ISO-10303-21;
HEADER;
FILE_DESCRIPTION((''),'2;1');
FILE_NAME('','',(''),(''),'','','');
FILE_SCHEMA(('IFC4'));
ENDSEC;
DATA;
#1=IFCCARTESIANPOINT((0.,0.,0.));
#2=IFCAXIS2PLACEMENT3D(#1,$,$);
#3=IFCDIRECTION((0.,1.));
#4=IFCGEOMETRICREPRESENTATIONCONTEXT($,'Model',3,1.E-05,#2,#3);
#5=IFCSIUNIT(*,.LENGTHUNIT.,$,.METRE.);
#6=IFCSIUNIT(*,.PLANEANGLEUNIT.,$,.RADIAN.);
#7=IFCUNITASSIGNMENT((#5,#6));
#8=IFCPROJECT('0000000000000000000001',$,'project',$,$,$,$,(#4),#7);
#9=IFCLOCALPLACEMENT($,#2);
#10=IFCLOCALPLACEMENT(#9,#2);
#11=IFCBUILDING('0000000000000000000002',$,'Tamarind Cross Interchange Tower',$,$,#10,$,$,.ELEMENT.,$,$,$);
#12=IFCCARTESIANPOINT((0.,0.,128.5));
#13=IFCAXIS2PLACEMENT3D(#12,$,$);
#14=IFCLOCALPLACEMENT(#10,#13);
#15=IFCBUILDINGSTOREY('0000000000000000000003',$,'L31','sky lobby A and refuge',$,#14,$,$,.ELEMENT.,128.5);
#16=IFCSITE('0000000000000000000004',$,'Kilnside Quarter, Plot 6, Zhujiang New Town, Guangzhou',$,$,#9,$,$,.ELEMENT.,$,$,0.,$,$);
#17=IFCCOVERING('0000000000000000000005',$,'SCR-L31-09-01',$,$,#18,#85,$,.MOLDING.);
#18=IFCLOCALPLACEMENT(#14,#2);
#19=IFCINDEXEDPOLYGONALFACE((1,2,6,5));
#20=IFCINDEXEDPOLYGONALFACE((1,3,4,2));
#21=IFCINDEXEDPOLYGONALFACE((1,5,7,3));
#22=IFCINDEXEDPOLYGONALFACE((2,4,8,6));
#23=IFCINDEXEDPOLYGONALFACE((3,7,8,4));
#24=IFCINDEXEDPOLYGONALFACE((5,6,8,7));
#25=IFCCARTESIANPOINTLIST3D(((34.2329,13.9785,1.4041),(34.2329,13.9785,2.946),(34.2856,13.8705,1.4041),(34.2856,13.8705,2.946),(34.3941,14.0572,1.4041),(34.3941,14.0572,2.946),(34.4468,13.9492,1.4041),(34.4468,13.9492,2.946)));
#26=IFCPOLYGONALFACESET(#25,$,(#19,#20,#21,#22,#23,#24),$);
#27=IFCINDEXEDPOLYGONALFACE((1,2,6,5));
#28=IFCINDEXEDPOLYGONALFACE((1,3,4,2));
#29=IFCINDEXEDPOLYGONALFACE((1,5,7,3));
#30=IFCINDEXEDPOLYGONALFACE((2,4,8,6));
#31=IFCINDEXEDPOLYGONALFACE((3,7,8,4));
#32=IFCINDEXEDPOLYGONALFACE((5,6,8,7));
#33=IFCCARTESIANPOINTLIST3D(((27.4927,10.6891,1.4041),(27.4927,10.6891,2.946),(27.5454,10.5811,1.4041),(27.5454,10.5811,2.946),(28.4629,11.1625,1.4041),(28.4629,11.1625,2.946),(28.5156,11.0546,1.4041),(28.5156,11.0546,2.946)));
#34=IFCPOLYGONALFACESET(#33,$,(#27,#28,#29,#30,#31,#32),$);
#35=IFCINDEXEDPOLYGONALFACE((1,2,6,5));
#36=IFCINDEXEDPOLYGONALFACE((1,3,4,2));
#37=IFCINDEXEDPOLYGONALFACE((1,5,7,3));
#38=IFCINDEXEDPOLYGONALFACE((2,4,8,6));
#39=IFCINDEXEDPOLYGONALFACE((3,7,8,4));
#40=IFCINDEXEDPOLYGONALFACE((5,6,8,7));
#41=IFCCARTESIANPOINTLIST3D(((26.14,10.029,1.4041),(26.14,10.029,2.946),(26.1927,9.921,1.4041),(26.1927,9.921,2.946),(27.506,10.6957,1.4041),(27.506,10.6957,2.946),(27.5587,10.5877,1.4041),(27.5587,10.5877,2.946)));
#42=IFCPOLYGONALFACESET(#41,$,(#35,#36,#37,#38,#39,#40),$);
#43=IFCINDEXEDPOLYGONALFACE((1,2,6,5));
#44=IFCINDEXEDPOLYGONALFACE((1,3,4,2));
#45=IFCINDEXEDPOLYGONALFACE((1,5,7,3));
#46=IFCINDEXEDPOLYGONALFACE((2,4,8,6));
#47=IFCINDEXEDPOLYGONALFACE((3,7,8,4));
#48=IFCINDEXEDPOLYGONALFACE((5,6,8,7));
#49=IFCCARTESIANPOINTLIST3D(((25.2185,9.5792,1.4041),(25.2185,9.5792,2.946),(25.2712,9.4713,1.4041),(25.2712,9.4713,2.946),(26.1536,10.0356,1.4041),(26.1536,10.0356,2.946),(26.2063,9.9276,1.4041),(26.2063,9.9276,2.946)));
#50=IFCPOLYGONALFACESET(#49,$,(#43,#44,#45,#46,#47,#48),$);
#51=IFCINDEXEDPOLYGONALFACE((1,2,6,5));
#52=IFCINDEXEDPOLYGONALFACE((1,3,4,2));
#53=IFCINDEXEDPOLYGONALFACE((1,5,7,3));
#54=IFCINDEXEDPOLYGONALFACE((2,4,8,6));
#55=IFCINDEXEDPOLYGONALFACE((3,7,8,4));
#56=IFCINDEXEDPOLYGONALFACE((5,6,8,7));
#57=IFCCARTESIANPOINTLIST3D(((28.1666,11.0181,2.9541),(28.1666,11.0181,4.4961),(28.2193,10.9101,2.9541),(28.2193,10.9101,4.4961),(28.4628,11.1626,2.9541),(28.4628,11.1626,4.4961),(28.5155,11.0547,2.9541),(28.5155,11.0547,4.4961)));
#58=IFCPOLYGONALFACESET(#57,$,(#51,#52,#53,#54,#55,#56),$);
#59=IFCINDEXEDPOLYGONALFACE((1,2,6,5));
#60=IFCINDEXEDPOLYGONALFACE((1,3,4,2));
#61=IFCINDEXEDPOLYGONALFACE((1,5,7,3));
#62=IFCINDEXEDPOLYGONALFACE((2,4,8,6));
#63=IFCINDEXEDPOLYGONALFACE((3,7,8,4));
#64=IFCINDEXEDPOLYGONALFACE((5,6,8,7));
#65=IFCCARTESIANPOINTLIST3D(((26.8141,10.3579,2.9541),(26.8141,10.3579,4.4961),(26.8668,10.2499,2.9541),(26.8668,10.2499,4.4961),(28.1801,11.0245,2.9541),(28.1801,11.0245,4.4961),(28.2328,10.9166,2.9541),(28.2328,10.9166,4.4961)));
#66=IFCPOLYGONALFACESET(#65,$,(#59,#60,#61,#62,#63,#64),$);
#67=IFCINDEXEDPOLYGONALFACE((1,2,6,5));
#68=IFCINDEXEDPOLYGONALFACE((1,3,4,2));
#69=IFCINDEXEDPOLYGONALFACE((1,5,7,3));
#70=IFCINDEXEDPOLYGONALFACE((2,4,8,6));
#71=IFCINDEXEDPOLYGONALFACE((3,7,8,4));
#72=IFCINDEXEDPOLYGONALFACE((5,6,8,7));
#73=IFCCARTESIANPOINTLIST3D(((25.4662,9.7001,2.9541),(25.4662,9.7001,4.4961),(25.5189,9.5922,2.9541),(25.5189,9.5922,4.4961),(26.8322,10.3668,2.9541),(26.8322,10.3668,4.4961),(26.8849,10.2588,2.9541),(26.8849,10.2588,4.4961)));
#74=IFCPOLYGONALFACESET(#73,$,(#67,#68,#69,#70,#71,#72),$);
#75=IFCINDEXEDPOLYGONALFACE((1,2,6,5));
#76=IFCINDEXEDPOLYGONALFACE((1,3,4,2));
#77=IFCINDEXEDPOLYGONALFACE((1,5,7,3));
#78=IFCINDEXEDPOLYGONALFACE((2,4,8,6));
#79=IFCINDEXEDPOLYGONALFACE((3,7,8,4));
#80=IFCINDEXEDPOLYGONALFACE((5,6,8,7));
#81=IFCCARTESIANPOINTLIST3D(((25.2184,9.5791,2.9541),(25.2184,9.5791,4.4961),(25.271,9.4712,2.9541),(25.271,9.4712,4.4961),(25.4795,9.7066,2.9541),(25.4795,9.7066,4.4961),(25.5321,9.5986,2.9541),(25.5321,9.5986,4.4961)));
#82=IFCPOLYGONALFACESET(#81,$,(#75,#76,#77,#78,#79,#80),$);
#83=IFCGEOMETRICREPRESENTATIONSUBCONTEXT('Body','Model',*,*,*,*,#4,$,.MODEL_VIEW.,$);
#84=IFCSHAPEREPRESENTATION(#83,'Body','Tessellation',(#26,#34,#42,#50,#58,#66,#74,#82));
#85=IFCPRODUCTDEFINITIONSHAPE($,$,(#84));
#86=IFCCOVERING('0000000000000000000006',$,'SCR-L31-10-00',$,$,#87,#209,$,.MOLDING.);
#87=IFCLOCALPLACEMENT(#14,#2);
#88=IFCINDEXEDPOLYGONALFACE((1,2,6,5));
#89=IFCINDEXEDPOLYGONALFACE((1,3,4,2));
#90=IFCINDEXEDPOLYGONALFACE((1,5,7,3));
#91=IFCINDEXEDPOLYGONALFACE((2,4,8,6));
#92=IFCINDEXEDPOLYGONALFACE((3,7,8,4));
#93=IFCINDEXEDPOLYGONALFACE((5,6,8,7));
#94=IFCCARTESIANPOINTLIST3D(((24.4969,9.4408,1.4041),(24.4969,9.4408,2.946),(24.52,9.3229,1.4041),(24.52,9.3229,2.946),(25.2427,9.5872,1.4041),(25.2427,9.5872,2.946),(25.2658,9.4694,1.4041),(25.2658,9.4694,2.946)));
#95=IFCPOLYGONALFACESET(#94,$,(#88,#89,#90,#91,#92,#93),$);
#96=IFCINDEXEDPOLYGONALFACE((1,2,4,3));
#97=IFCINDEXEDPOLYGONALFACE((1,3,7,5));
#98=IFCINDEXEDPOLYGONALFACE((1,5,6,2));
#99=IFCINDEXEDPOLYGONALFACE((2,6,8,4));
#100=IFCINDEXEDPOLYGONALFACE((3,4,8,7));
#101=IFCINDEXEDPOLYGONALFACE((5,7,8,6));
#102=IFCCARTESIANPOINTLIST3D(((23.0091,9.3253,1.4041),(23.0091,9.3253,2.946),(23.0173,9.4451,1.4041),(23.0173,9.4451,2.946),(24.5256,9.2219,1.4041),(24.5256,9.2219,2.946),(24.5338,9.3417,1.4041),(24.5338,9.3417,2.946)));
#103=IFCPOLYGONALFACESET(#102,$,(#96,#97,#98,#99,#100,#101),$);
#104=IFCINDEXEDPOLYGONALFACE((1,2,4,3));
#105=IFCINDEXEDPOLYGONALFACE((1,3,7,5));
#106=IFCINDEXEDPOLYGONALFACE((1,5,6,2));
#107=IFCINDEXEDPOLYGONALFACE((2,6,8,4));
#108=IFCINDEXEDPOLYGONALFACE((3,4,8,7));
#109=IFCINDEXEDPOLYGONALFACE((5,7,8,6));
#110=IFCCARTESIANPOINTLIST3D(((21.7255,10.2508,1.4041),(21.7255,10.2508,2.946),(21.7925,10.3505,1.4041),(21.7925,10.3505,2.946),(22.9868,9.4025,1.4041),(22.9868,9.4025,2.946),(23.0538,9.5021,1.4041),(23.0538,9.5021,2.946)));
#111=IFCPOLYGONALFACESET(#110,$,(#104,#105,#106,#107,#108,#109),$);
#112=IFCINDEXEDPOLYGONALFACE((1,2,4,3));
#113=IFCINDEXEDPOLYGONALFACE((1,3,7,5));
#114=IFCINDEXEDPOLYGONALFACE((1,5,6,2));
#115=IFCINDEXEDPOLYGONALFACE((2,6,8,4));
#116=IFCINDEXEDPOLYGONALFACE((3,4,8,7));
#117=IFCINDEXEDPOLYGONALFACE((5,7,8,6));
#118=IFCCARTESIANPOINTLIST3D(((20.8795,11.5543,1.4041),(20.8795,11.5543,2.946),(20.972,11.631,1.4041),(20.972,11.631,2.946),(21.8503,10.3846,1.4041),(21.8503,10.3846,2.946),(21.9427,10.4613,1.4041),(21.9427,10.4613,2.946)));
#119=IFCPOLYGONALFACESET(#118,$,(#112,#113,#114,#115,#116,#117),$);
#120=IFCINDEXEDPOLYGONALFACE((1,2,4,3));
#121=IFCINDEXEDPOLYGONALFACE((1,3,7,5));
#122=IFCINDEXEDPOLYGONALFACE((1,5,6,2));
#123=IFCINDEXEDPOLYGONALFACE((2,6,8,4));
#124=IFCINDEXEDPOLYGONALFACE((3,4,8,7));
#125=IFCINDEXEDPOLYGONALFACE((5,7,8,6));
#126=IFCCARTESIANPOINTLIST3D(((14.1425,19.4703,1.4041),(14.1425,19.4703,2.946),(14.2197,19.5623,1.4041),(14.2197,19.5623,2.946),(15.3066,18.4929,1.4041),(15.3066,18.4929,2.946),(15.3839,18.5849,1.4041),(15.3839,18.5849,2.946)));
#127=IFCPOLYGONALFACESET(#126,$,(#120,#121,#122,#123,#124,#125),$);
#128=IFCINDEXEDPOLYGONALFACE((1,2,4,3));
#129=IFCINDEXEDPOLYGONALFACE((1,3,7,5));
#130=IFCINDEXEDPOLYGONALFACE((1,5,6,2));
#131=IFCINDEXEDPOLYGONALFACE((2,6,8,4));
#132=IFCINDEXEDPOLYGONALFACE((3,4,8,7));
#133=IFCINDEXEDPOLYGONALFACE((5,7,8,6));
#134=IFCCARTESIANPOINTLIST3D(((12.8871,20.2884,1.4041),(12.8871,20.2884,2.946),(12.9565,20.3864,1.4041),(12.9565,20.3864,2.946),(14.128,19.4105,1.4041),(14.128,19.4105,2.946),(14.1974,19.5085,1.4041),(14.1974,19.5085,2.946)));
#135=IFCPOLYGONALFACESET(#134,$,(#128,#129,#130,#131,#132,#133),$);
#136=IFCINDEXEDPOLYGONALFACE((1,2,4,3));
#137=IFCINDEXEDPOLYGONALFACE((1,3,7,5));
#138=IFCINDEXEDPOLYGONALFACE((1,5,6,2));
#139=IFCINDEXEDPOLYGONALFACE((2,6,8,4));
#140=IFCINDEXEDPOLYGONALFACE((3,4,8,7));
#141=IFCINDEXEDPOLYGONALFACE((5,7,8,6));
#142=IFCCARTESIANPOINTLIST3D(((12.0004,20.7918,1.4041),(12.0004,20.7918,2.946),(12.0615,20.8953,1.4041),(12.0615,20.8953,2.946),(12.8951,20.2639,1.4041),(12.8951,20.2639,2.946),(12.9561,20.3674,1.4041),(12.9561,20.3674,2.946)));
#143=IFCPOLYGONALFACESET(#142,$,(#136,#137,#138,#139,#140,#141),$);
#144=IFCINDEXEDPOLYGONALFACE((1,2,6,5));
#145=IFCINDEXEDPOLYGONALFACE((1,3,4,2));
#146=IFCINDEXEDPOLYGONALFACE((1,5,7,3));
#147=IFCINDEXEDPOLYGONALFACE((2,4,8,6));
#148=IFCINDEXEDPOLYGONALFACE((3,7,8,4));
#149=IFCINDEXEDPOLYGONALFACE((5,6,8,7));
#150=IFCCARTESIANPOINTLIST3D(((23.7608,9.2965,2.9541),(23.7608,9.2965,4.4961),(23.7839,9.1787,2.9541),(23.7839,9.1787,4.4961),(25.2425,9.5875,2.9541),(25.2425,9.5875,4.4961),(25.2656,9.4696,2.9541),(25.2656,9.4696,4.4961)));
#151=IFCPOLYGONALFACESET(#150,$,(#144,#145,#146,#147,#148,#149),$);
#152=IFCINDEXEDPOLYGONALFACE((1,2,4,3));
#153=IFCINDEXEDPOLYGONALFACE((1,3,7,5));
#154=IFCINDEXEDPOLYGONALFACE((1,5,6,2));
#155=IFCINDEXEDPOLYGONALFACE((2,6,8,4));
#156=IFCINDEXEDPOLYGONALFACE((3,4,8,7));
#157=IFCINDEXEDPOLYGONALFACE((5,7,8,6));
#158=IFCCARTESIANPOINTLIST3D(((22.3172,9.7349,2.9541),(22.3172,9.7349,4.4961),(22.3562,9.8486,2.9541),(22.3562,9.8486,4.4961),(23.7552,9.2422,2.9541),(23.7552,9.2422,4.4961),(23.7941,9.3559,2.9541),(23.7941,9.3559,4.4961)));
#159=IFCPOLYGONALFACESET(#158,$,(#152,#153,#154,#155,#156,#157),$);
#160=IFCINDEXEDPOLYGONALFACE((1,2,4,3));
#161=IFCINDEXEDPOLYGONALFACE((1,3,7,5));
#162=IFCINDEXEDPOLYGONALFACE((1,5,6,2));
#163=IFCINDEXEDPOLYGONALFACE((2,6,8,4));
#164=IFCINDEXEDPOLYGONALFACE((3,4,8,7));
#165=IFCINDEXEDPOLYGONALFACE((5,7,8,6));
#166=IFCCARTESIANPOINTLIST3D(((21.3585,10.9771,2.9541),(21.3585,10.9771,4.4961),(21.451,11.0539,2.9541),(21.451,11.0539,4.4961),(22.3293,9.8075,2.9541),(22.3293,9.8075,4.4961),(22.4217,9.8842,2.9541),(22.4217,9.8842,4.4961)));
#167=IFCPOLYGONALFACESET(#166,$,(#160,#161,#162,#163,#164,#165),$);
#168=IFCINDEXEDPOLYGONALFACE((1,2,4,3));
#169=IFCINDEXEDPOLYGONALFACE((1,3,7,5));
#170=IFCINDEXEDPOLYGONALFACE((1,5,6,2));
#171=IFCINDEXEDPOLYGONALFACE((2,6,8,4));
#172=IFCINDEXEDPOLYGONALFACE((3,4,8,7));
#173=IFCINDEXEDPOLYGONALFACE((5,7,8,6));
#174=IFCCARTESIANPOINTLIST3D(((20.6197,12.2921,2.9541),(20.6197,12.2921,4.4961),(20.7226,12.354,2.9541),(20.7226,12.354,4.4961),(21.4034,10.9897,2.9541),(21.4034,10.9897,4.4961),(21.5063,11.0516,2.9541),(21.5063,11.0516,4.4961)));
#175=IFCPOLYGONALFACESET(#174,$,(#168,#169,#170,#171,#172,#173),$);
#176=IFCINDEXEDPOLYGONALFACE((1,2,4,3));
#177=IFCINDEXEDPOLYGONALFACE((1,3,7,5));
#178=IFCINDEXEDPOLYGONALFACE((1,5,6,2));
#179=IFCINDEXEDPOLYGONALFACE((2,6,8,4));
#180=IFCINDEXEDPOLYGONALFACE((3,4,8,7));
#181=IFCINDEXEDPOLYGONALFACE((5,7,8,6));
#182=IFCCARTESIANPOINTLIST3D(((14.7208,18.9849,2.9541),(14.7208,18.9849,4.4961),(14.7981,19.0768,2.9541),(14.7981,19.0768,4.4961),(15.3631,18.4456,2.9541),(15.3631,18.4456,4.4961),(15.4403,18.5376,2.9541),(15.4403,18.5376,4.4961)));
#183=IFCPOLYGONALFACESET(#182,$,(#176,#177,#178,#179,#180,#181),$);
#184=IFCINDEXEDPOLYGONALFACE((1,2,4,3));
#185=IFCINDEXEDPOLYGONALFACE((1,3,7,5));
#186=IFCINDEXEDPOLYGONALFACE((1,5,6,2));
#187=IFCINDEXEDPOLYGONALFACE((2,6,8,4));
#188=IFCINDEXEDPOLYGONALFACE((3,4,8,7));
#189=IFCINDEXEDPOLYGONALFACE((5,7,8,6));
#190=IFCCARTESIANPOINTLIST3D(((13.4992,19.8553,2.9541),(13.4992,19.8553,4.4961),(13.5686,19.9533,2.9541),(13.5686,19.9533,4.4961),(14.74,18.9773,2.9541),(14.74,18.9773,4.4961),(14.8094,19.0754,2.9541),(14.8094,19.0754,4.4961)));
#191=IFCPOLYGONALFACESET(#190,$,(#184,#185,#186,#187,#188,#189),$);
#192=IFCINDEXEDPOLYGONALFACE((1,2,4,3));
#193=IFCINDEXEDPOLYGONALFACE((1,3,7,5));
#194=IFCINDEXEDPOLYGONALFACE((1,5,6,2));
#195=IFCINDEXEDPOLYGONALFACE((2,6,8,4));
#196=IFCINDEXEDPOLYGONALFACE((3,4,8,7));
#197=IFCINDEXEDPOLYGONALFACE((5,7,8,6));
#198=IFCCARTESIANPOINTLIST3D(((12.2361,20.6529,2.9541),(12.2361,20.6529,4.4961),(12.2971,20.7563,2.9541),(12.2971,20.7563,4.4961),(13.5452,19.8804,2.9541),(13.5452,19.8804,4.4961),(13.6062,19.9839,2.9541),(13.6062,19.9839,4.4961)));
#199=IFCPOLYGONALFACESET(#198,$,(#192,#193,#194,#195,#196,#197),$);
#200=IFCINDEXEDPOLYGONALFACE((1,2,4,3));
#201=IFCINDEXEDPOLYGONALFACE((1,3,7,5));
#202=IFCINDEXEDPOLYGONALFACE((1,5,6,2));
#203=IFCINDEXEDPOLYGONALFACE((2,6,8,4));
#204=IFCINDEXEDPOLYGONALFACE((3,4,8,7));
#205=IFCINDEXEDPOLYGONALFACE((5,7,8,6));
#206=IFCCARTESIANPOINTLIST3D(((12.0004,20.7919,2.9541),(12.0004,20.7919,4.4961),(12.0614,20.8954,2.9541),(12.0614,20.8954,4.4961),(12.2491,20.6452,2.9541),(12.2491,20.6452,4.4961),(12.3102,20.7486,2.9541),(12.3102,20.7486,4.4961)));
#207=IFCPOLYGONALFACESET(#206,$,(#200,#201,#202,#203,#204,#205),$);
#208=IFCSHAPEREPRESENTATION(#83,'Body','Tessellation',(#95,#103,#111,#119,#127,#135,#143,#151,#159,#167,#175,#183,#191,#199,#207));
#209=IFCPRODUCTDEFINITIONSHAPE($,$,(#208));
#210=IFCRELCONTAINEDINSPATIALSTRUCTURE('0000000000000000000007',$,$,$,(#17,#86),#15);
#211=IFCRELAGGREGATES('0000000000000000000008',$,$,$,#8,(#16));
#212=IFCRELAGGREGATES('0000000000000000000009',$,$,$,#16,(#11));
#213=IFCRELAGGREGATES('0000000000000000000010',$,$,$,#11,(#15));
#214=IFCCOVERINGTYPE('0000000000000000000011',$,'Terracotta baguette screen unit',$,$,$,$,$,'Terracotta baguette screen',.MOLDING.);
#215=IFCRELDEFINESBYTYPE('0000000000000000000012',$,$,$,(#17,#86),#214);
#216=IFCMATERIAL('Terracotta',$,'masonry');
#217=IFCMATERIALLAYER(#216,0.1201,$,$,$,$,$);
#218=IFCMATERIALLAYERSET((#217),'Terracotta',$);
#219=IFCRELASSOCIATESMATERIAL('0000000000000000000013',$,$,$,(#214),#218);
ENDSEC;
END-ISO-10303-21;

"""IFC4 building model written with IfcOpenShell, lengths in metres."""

from ifc_helpers import new_model, si_unit, direction, frame, origin, origin_2d, place, context, subcontext, project, spatial, rectangle, extrude, material, layer, layer_set, type_object, element, save


model = new_model("IFC4")

# Units and contexts
model_context = context("Model", 3, precision=1e-05, world=origin(), true_north=direction((0.0, 1.0)))
body_context = subcontext(model_context, "Body", "Model", "MODEL_VIEW")
ifc_project = project(units=[si_unit("LENGTHUNIT", "METRE"), si_unit("PLANEANGLEUNIT", "RADIAN")], contexts=[model_context])

# Site, building, storey
site_placement = place(None, origin())
site = spatial("IfcSite", under=ifc_project, at=site_placement, Name="Kilnside Quarter, Plot 6, Zhujiang New Town, Guangzhou", CompositionType="ELEMENT", RefElevation=0.0)
building_placement = place(site_placement, origin())
building = spatial("IfcBuilding", under=site, at=building_placement, Name="Tamarind Cross Interchange Tower", CompositionType="ELEMENT")
storey_placement = place(building_placement, frame((0.0, 0.0, 128.5)))
storey = spatial("IfcBuildingStorey", under=building, at=storey_placement, Name="L31", Description="sky lobby A and refuge", CompositionType="ELEMENT", Elevation=128.5)

# Coverings
ifc_material_1 = material(Name="Terracotta", Category="masonry")
ifc_layer_1 = layer(ifc_material_1, 0.1201)
ifc_layer_set_1 = layer_set([ifc_layer_1], Name="Terracotta")
covering_type = type_object("IfcCoveringType", Name="Terracotta baguette screen unit", ElementType="Terracotta baguette screen", PredefinedType="MOLDING", material=ifc_layer_set_1)
covering_1_placement = place(storey_placement, origin())
element("IfcCovering", 1, at=covering_1_placement, inside=storey, type_object=covering_type, Name="SCR-L31-09-01", PredefinedType="MOLDING", context=body_context, shape_type="SweptSolid", body=[
    extrude(rectangle(XDim=0.1794, YDim=0.1201, at=origin_2d()), frame((34.3398, 13.9639, 1.4041), z_axis=(0.0, 0.0, 1.0), x_axis=(-0.898691, -0.438583, 0.0)), (0.0, 0.0, 1.0), 1.542),
    extrude(rectangle(XDim=1.0796, YDim=0.1201, at=origin_2d()), frame((28.0042, 10.8718, 1.4041), z_axis=(0.0, 0.0, 1.0), x_axis=(-0.898691, -0.438583, 0.0)), (0.0, 0.0, 1.0), 1.542),
    extrude(rectangle(XDim=1.52, YDim=0.1201, at=origin_2d()), frame((26.8494, 10.3083, 1.4041), z_axis=(0.0, 0.0, 1.0), x_axis=(-0.898691, -0.438583, 0.0)), (0.0, 0.0, 1.0), 1.542),
    extrude(rectangle(XDim=1.0405, YDim=0.1201, at=origin_2d()), frame((25.7124, 9.7534, 1.4041), z_axis=(0.0, 0.0, 1.0), x_axis=(-0.898691, -0.438583, 0.0)), (0.0, 0.0, 1.0), 1.542),
    extrude(rectangle(XDim=0.3296, YDim=0.1201, at=origin_2d()), frame((28.3411, 11.0364, 2.9541), z_axis=(0.0, 0.0, 1.0), x_axis=(-0.898691, -0.438583, 0.0)), (0.0, 0.0, 1.0), 1.542),
    extrude(rectangle(XDim=1.52, YDim=0.1201, at=origin_2d()), frame((27.5234, 10.6372, 2.9541), z_axis=(0.0, 0.0, 1.0), x_axis=(-0.898691, -0.438583, 0.0)), (0.0, 0.0, 1.0), 1.542),
    extrude(rectangle(XDim=1.52, YDim=0.1201, at=origin_2d()), frame((26.1755, 9.9795, 2.9541), z_axis=(0.0, 0.0, 1.0), x_axis=(-0.898691, -0.438583, 0.0)), (0.0, 0.0, 1.0), 1.542),
    extrude(rectangle(XDim=0.2905, YDim=0.1201, at=origin_2d()), frame((25.3752, 9.5889, 2.9541), z_axis=(0.0, 0.0, 1.0), x_axis=(-0.898691, -0.438583, 0.0)), (0.0, 0.0, 1.0), 1.542),
])
covering_2_placement = place(storey_placement, origin())
element("IfcCovering", 2, at=covering_2_placement, inside=storey, type_object=covering_type, Name="SCR-L31-10-00", PredefinedType="MOLDING", context=body_context, shape_type="SweptSolid", body=[
    extrude(rectangle(XDim=0.76, YDim=0.1201, at=origin_2d()), frame((24.8813, 9.4551, 1.4041), z_axis=(0.0, 0.0, 1.0), x_axis=(-0.981263, -0.192672, 0.0)), (0.0, 0.0, 1.0), 1.542),
    extrude(rectangle(XDim=1.52, YDim=0.1201, at=origin_2d()), frame((23.7715, 9.3335, 1.4041), z_axis=(0.0, 0.0, 1.0), x_axis=(-0.997681, 0.068058, 0.0)), (0.0, 0.0, 1.0), 1.542),
    extrude(rectangle(XDim=1.52, YDim=0.1201, at=origin_2d()), frame((22.3896, 9.8765, 1.4041), z_axis=(0.0, 0.0, 1.0), x_axis=(-0.82977, 0.558106, 0.0)), (0.0, 0.0, 1.0), 1.542),
    extrude(rectangle(XDim=1.52, YDim=0.1201, at=origin_2d()), frame((21.4111, 11.0078, 1.4041), z_axis=(0.0, 0.0, 1.0), x_axis=(-0.63864, 0.769506, 0.0)), (0.0, 0.0, 1.0), 1.542),
    extrude(rectangle(XDim=1.52, YDim=0.1201, at=origin_2d()), frame((14.7632, 19.0276, 1.4041), z_axis=(0.0, 0.0, 1.0), x_axis=(-0.765858, 0.643009, 0.0)), (0.0, 0.0, 1.0), 1.542),
    extrude(rectangle(XDim=1.52, YDim=0.1201, at=origin_2d()), frame((13.5422, 19.8984, 1.4041), z_axis=(0.0, 0.0, 1.0), x_axis=(-0.816342, 0.577569, 0.0)), (0.0, 0.0, 1.0), 1.542),
    extrude(rectangle(XDim=1.0388, YDim=0.1201, at=origin_2d()), frame((12.4783, 20.5796, 1.4041), z_axis=(0.0, 0.0, 1.0), x_axis=(-0.861249, 0.508183, 0.0)), (0.0, 0.0, 1.0), 1.542),
    extrude(rectangle(XDim=1.51, YDim=0.1201, at=origin_2d()), frame((24.5132, 9.3831, 2.9541), z_axis=(0.0, 0.0, 1.0), x_axis=(-0.981263, -0.192672, 0.0)), (0.0, 0.0, 1.0), 1.542),
    extrude(rectangle(XDim=1.52, YDim=0.1201, at=origin_2d()), frame((23.0557, 9.5454, 2.9541), z_axis=(0.0, 0.0, 1.0), x_axis=(-0.946008, 0.324143, 0.0)), (0.0, 0.0, 1.0), 1.542),
    extrude(rectangle(XDim=1.52, YDim=0.1201, at=origin_2d()), frame((21.8901, 10.4307, 2.9541), z_axis=(0.0, 0.0, 1.0), x_axis=(-0.63864, 0.769506, 0.0)), (0.0, 0.0, 1.0), 1.542),
    extrude(rectangle(XDim=1.52, YDim=0.1201, at=origin_2d()), frame((21.063, 11.6719, 2.9541), z_axis=(0.0, 0.0, 1.0), x_axis=(-0.515577, 0.856843, 0.0)), (0.0, 0.0, 1.0), 1.542),
    extrude(rectangle(XDim=0.8386, YDim=0.1201, at=origin_2d()), frame((15.0806, 18.7612, 2.9541), z_axis=(0.0, 0.0, 1.0), x_axis=(-0.765858, 0.643009, 0.0)), (0.0, 0.0, 1.0), 1.542),
    extrude(rectangle(XDim=1.52, YDim=0.1201, at=origin_2d()), frame((14.1543, 19.4653, 2.9541), z_axis=(0.0, 0.0, 1.0), x_axis=(-0.816342, 0.577569, 0.0)), (0.0, 0.0, 1.0), 1.542),
    extrude(rectangle(XDim=1.52, YDim=0.1201, at=origin_2d()), frame((12.9211, 20.3184, 2.9541), z_axis=(0.0, 0.0, 1.0), x_axis=(-0.861249, 0.508183, 0.0)), (0.0, 0.0, 1.0), 1.542),
    extrude(rectangle(XDim=0.2888, YDim=0.1201, at=origin_2d()), frame((12.1553, 20.7703, 2.9541), z_axis=(0.0, 0.0, 1.0), x_axis=(-0.861249, 0.508183, 0.0)), (0.0, 0.0, 1.0), 1.542),
])

save(model, "model.ifc")
